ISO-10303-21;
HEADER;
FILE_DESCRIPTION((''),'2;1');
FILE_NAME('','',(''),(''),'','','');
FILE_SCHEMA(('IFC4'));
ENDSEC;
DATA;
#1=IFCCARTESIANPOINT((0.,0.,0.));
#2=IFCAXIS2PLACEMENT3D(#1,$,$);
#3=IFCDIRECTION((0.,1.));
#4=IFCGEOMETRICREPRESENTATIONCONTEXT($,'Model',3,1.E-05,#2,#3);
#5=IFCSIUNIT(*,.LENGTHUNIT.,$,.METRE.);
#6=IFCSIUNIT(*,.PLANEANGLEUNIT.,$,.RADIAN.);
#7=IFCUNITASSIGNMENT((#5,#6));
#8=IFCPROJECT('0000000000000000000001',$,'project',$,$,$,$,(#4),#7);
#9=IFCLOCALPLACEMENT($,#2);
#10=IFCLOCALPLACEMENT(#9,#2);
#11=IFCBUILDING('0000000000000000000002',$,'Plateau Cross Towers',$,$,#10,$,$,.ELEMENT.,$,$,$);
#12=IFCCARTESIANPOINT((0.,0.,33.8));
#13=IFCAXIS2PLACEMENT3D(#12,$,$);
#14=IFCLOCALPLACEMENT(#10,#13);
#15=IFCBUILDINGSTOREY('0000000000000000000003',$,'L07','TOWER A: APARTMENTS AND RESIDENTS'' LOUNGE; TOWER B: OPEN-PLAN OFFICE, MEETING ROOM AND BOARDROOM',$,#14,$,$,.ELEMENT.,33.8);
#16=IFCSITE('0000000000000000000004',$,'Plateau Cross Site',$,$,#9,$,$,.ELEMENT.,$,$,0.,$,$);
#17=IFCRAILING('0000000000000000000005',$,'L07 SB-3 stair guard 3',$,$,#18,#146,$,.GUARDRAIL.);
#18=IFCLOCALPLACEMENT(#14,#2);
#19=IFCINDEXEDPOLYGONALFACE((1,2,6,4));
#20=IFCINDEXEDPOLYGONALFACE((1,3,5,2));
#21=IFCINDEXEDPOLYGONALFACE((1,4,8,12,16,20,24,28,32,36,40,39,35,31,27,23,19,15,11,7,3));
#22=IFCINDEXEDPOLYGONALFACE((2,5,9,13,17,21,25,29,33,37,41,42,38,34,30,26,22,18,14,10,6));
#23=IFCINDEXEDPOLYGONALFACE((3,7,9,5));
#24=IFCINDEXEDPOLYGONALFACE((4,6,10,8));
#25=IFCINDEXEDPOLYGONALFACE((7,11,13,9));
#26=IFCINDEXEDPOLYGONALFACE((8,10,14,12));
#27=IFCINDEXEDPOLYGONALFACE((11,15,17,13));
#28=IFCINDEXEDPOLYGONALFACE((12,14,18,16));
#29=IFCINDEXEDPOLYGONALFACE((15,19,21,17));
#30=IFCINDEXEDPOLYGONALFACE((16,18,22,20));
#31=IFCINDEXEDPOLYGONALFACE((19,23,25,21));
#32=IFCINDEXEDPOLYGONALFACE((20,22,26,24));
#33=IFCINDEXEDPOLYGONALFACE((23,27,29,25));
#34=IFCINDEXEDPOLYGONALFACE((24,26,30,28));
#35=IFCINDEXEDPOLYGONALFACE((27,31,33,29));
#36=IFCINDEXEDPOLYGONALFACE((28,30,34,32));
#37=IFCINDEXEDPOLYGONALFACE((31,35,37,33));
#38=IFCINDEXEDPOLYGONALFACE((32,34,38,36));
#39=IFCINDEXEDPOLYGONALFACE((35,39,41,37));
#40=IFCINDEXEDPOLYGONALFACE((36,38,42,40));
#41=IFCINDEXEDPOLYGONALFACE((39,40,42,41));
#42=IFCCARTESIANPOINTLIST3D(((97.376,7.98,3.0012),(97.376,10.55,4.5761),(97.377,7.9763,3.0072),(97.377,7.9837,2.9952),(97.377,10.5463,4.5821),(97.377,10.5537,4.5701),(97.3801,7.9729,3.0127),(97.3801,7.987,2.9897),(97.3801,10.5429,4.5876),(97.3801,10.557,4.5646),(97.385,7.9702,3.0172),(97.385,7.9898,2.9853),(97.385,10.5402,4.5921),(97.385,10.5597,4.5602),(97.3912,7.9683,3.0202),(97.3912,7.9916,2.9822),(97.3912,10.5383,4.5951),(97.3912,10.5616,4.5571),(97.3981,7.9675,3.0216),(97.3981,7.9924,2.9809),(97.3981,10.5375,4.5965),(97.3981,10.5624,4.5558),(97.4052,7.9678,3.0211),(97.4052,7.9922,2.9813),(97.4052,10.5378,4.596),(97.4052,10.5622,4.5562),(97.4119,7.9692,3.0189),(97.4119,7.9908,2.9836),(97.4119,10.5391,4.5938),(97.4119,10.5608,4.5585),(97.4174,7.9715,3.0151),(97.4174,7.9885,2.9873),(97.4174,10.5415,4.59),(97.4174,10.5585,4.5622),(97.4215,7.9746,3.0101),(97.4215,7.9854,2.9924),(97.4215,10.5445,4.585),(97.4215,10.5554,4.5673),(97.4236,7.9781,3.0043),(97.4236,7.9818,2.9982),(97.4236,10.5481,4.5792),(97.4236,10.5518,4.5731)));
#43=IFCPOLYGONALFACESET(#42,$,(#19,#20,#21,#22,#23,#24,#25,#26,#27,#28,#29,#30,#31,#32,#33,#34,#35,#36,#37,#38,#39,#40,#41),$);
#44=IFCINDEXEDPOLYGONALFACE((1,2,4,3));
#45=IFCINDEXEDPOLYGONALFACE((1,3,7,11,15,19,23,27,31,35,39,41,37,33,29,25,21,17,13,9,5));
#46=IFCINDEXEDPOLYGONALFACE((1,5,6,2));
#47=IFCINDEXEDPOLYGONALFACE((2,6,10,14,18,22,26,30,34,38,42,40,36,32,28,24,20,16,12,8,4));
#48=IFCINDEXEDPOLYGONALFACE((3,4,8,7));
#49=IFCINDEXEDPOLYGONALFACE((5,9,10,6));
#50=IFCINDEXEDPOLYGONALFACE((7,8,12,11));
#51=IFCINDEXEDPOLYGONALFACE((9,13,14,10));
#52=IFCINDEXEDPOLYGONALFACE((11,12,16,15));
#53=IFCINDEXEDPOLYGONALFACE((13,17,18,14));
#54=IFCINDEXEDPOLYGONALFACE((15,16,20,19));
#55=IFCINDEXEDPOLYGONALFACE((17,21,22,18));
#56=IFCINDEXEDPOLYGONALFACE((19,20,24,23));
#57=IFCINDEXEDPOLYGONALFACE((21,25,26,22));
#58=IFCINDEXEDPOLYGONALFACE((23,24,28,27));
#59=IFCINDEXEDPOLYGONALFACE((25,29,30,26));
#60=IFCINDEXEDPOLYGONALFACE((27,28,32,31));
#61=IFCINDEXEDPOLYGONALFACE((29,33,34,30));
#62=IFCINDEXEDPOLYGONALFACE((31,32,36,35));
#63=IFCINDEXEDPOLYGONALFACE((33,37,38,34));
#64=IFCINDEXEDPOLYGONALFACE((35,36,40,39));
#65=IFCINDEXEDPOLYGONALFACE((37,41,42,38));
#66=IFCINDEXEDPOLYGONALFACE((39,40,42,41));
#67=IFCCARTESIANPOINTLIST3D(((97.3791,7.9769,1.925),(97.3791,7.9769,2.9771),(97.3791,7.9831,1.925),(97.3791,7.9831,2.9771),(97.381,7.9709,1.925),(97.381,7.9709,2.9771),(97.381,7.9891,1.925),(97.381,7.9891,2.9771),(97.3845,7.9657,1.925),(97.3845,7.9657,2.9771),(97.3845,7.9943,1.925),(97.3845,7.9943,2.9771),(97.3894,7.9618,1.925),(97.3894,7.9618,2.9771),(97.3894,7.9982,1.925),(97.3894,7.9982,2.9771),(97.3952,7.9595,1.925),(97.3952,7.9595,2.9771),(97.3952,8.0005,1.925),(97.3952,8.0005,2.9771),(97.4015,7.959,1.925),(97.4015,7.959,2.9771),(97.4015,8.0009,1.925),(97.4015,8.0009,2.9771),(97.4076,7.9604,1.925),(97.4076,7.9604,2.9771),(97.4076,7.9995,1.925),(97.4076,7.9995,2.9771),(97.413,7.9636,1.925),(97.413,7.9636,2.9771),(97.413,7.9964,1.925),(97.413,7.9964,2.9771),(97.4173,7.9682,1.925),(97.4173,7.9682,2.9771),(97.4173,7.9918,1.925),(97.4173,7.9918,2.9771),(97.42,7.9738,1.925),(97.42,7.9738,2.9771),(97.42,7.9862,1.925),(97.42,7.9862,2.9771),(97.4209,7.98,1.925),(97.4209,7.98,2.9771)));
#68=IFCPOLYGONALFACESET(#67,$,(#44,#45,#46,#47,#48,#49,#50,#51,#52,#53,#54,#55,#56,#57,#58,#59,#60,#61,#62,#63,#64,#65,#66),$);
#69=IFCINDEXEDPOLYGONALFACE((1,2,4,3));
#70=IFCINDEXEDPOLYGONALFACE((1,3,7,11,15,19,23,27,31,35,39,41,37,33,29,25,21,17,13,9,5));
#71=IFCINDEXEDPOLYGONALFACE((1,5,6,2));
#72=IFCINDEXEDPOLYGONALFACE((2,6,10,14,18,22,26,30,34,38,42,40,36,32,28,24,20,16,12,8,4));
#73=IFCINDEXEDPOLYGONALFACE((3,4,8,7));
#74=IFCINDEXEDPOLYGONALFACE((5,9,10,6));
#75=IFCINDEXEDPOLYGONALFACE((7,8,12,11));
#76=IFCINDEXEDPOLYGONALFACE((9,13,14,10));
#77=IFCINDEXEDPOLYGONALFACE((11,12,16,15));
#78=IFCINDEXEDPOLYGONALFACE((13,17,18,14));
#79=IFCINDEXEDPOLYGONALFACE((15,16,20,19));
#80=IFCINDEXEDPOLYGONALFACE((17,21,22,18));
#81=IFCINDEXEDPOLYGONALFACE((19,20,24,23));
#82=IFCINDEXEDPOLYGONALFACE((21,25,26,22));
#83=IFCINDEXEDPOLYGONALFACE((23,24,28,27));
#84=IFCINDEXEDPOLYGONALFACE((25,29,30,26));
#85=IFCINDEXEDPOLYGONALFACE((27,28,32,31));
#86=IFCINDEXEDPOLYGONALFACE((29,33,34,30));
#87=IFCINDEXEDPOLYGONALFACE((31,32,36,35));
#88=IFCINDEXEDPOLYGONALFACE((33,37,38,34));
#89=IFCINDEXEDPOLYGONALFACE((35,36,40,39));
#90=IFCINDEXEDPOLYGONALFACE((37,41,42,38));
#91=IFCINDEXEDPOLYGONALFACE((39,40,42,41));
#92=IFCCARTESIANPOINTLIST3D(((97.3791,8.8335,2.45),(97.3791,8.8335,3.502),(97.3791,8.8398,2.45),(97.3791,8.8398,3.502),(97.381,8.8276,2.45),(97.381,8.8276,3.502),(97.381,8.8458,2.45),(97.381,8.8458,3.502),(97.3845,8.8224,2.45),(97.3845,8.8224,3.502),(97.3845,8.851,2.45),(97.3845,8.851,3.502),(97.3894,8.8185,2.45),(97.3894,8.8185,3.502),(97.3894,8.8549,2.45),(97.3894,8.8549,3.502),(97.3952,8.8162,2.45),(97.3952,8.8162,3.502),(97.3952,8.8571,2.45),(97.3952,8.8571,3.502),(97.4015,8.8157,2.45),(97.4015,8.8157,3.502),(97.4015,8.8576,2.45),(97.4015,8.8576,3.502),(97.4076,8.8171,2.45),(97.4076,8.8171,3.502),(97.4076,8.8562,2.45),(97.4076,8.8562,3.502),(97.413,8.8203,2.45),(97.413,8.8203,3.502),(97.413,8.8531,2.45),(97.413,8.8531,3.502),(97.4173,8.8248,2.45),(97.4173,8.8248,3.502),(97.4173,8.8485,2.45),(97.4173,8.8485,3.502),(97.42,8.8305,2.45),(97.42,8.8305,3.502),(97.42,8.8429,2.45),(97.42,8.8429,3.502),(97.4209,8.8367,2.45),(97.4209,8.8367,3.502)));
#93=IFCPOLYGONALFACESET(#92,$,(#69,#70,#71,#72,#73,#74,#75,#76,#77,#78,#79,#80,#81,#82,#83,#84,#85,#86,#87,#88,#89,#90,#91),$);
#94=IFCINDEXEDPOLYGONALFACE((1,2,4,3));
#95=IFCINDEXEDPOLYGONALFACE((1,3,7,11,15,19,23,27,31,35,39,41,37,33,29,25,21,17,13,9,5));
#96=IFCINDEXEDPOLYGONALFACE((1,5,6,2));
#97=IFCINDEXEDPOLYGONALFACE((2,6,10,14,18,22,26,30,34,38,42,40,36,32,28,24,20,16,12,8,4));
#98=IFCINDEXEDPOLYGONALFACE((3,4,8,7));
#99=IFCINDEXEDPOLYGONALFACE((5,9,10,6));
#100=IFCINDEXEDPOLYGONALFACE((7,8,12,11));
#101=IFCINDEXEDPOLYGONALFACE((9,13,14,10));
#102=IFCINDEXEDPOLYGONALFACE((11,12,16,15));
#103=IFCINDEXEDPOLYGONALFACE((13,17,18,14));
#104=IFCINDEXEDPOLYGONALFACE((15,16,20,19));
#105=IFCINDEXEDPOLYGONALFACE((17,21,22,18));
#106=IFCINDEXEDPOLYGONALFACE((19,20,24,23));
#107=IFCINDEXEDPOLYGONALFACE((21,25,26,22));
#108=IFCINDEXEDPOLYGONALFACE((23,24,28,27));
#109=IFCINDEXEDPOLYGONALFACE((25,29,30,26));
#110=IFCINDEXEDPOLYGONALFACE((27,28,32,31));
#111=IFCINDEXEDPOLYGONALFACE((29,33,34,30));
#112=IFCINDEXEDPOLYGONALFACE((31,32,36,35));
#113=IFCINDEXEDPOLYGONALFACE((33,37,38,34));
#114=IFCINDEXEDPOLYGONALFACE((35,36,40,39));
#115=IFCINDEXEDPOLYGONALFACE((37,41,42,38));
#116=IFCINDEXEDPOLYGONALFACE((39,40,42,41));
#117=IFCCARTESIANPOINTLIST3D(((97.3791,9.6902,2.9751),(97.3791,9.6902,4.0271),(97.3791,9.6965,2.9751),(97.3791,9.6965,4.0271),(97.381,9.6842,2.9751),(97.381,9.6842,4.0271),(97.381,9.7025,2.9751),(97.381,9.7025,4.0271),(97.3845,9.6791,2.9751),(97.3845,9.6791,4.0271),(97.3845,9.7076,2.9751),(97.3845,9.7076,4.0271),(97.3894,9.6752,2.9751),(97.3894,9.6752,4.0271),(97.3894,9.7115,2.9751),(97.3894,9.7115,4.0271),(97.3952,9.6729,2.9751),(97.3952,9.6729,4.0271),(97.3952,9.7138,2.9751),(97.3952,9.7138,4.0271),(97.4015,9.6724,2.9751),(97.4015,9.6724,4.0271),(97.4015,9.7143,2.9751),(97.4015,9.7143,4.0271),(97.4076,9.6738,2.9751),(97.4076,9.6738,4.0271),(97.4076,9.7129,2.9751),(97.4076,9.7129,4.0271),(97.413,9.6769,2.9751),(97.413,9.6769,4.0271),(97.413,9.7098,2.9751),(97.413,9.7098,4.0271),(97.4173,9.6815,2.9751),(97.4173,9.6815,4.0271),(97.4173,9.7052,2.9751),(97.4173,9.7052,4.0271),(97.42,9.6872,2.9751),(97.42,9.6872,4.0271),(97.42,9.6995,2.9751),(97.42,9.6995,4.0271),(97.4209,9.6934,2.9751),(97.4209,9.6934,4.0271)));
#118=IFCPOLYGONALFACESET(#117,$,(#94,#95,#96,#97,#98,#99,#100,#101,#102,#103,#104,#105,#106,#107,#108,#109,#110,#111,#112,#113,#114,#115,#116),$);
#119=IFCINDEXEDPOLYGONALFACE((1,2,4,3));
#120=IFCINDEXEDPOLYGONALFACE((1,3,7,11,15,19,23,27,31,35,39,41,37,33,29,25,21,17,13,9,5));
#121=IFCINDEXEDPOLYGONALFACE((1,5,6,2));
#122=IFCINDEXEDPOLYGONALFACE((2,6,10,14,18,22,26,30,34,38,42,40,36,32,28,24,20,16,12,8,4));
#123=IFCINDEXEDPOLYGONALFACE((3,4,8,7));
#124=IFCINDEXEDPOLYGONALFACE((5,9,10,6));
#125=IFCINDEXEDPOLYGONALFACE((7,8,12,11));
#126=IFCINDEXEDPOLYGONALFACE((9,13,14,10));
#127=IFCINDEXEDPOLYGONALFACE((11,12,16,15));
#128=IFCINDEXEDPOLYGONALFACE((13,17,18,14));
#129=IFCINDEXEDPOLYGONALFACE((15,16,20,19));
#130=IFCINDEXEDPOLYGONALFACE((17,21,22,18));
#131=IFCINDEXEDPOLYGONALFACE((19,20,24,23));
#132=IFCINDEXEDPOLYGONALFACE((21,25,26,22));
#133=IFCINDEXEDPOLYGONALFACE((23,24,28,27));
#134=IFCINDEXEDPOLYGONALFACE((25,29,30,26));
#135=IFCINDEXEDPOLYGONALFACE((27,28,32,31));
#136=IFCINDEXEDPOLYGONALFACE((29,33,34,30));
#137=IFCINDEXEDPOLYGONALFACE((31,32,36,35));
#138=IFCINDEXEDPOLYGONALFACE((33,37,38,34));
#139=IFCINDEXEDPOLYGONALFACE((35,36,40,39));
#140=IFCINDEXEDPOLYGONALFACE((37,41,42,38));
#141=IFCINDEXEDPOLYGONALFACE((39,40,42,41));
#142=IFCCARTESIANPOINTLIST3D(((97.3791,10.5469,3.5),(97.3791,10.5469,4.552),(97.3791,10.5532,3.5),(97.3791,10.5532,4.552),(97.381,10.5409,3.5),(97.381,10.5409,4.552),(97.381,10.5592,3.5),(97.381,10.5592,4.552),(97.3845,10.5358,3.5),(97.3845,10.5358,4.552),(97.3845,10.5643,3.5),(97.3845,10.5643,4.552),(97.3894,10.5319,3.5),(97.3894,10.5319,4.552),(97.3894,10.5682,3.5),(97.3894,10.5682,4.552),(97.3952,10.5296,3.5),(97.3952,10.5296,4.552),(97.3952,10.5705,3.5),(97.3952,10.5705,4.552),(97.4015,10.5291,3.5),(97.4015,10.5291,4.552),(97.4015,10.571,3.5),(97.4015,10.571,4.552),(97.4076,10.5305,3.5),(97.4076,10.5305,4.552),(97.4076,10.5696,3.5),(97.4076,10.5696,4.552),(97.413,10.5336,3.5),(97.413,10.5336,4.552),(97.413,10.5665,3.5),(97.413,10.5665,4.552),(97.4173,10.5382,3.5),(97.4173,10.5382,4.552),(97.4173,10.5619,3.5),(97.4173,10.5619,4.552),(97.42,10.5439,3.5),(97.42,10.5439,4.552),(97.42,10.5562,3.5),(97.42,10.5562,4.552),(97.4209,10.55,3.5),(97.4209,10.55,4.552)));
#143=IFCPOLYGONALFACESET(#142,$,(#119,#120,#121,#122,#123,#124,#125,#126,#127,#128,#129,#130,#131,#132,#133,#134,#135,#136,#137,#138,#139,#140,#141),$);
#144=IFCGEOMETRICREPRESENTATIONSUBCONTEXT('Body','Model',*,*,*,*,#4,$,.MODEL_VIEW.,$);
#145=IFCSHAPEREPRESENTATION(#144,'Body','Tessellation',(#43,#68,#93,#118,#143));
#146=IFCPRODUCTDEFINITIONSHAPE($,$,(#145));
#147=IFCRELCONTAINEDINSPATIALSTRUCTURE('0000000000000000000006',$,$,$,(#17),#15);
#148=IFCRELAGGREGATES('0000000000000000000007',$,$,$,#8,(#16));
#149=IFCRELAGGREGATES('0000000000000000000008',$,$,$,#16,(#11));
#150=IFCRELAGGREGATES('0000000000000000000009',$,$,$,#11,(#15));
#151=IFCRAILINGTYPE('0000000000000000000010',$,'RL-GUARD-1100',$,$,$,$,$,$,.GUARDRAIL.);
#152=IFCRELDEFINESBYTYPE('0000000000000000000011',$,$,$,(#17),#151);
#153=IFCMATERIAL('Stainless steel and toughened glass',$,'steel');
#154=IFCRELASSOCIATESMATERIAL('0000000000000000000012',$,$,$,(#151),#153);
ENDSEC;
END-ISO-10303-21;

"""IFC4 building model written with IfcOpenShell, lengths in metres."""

from ifc_helpers import new_model, si_unit, direction, frame, origin, origin_2d, place, context, subcontext, project, spatial, circle, extrude, material, type_object, element, save


model = new_model("IFC4")

# Units and contexts
model_context = context("Model", 3, precision=1e-05, world=origin(), true_north=direction((0.0, 1.0)))
body_context = subcontext(model_context, "Body", "Model", "MODEL_VIEW")
ifc_project = project(units=[si_unit("LENGTHUNIT", "METRE"), si_unit("PLANEANGLEUNIT", "RADIAN")], contexts=[model_context])

# Site, building, storey
site_placement = place(None, origin())
site = spatial("IfcSite", under=ifc_project, at=site_placement, Name="Plateau Cross Site", CompositionType="ELEMENT", RefElevation=0.0)
building_placement = place(site_placement, origin())
building = spatial("IfcBuilding", under=site, at=building_placement, Name="Plateau Cross Towers", CompositionType="ELEMENT")
storey_placement = place(building_placement, frame((0.0, 0.0, 33.8)))
storey = spatial("IfcBuildingStorey", under=building, at=storey_placement, Name="L07", Description="TOWER A: APARTMENTS AND RESIDENTS' LOUNGE; TOWER B: OPEN-PLAN OFFICE, MEETING ROOM AND BOARDROOM", CompositionType="ELEMENT", Elevation=33.8)

# Railing
ifc_material_1 = material(Name="Stainless steel and toughened glass", Category="steel")
railing_type_1 = type_object("IfcRailingType", Name="RL-GUARD-1100", PredefinedType="GUARDRAIL", material=ifc_material_1)
railing_1_placement = place(storey_placement, frame((97.3999, 7.98, 1.925)))
element("IfcRailing", 1, at=railing_1_placement, inside=storey, type_object=railing_type_1, Name="L07 SB-3 stair guard 3", PredefinedType="GUARDRAIL", context=body_context, shape_type="SweptSolid", body=[
    extrude(circle(Radius=0.0239, at=origin_2d()), frame((0.0, 0.0, 1.0762), z_axis=(0.0, 0.852639, 0.522501), x_axis=(-1.0, 0.0, 0.0)), (0.0, 0.0, 1.0), 3.0142),
    extrude(circle(Radius=0.021, at=origin_2d()), origin(), (0.0, 0.0, 1.0), 1.052),
    extrude(circle(Radius=0.021, at=origin_2d()), frame((0.0, 0.8567, 0.5249)), (0.0, 0.0, 1.0), 1.052),
    extrude(circle(Radius=0.021, at=origin_2d()), frame((0.0, 1.7134, 1.05)), (0.0, 0.0, 1.0), 1.052),
    extrude(circle(Radius=0.021, at=origin_2d()), frame((0.0, 2.5701, 1.575)), (0.0, 0.0, 1.0), 1.052),
])

save(model, "model.ifc")
